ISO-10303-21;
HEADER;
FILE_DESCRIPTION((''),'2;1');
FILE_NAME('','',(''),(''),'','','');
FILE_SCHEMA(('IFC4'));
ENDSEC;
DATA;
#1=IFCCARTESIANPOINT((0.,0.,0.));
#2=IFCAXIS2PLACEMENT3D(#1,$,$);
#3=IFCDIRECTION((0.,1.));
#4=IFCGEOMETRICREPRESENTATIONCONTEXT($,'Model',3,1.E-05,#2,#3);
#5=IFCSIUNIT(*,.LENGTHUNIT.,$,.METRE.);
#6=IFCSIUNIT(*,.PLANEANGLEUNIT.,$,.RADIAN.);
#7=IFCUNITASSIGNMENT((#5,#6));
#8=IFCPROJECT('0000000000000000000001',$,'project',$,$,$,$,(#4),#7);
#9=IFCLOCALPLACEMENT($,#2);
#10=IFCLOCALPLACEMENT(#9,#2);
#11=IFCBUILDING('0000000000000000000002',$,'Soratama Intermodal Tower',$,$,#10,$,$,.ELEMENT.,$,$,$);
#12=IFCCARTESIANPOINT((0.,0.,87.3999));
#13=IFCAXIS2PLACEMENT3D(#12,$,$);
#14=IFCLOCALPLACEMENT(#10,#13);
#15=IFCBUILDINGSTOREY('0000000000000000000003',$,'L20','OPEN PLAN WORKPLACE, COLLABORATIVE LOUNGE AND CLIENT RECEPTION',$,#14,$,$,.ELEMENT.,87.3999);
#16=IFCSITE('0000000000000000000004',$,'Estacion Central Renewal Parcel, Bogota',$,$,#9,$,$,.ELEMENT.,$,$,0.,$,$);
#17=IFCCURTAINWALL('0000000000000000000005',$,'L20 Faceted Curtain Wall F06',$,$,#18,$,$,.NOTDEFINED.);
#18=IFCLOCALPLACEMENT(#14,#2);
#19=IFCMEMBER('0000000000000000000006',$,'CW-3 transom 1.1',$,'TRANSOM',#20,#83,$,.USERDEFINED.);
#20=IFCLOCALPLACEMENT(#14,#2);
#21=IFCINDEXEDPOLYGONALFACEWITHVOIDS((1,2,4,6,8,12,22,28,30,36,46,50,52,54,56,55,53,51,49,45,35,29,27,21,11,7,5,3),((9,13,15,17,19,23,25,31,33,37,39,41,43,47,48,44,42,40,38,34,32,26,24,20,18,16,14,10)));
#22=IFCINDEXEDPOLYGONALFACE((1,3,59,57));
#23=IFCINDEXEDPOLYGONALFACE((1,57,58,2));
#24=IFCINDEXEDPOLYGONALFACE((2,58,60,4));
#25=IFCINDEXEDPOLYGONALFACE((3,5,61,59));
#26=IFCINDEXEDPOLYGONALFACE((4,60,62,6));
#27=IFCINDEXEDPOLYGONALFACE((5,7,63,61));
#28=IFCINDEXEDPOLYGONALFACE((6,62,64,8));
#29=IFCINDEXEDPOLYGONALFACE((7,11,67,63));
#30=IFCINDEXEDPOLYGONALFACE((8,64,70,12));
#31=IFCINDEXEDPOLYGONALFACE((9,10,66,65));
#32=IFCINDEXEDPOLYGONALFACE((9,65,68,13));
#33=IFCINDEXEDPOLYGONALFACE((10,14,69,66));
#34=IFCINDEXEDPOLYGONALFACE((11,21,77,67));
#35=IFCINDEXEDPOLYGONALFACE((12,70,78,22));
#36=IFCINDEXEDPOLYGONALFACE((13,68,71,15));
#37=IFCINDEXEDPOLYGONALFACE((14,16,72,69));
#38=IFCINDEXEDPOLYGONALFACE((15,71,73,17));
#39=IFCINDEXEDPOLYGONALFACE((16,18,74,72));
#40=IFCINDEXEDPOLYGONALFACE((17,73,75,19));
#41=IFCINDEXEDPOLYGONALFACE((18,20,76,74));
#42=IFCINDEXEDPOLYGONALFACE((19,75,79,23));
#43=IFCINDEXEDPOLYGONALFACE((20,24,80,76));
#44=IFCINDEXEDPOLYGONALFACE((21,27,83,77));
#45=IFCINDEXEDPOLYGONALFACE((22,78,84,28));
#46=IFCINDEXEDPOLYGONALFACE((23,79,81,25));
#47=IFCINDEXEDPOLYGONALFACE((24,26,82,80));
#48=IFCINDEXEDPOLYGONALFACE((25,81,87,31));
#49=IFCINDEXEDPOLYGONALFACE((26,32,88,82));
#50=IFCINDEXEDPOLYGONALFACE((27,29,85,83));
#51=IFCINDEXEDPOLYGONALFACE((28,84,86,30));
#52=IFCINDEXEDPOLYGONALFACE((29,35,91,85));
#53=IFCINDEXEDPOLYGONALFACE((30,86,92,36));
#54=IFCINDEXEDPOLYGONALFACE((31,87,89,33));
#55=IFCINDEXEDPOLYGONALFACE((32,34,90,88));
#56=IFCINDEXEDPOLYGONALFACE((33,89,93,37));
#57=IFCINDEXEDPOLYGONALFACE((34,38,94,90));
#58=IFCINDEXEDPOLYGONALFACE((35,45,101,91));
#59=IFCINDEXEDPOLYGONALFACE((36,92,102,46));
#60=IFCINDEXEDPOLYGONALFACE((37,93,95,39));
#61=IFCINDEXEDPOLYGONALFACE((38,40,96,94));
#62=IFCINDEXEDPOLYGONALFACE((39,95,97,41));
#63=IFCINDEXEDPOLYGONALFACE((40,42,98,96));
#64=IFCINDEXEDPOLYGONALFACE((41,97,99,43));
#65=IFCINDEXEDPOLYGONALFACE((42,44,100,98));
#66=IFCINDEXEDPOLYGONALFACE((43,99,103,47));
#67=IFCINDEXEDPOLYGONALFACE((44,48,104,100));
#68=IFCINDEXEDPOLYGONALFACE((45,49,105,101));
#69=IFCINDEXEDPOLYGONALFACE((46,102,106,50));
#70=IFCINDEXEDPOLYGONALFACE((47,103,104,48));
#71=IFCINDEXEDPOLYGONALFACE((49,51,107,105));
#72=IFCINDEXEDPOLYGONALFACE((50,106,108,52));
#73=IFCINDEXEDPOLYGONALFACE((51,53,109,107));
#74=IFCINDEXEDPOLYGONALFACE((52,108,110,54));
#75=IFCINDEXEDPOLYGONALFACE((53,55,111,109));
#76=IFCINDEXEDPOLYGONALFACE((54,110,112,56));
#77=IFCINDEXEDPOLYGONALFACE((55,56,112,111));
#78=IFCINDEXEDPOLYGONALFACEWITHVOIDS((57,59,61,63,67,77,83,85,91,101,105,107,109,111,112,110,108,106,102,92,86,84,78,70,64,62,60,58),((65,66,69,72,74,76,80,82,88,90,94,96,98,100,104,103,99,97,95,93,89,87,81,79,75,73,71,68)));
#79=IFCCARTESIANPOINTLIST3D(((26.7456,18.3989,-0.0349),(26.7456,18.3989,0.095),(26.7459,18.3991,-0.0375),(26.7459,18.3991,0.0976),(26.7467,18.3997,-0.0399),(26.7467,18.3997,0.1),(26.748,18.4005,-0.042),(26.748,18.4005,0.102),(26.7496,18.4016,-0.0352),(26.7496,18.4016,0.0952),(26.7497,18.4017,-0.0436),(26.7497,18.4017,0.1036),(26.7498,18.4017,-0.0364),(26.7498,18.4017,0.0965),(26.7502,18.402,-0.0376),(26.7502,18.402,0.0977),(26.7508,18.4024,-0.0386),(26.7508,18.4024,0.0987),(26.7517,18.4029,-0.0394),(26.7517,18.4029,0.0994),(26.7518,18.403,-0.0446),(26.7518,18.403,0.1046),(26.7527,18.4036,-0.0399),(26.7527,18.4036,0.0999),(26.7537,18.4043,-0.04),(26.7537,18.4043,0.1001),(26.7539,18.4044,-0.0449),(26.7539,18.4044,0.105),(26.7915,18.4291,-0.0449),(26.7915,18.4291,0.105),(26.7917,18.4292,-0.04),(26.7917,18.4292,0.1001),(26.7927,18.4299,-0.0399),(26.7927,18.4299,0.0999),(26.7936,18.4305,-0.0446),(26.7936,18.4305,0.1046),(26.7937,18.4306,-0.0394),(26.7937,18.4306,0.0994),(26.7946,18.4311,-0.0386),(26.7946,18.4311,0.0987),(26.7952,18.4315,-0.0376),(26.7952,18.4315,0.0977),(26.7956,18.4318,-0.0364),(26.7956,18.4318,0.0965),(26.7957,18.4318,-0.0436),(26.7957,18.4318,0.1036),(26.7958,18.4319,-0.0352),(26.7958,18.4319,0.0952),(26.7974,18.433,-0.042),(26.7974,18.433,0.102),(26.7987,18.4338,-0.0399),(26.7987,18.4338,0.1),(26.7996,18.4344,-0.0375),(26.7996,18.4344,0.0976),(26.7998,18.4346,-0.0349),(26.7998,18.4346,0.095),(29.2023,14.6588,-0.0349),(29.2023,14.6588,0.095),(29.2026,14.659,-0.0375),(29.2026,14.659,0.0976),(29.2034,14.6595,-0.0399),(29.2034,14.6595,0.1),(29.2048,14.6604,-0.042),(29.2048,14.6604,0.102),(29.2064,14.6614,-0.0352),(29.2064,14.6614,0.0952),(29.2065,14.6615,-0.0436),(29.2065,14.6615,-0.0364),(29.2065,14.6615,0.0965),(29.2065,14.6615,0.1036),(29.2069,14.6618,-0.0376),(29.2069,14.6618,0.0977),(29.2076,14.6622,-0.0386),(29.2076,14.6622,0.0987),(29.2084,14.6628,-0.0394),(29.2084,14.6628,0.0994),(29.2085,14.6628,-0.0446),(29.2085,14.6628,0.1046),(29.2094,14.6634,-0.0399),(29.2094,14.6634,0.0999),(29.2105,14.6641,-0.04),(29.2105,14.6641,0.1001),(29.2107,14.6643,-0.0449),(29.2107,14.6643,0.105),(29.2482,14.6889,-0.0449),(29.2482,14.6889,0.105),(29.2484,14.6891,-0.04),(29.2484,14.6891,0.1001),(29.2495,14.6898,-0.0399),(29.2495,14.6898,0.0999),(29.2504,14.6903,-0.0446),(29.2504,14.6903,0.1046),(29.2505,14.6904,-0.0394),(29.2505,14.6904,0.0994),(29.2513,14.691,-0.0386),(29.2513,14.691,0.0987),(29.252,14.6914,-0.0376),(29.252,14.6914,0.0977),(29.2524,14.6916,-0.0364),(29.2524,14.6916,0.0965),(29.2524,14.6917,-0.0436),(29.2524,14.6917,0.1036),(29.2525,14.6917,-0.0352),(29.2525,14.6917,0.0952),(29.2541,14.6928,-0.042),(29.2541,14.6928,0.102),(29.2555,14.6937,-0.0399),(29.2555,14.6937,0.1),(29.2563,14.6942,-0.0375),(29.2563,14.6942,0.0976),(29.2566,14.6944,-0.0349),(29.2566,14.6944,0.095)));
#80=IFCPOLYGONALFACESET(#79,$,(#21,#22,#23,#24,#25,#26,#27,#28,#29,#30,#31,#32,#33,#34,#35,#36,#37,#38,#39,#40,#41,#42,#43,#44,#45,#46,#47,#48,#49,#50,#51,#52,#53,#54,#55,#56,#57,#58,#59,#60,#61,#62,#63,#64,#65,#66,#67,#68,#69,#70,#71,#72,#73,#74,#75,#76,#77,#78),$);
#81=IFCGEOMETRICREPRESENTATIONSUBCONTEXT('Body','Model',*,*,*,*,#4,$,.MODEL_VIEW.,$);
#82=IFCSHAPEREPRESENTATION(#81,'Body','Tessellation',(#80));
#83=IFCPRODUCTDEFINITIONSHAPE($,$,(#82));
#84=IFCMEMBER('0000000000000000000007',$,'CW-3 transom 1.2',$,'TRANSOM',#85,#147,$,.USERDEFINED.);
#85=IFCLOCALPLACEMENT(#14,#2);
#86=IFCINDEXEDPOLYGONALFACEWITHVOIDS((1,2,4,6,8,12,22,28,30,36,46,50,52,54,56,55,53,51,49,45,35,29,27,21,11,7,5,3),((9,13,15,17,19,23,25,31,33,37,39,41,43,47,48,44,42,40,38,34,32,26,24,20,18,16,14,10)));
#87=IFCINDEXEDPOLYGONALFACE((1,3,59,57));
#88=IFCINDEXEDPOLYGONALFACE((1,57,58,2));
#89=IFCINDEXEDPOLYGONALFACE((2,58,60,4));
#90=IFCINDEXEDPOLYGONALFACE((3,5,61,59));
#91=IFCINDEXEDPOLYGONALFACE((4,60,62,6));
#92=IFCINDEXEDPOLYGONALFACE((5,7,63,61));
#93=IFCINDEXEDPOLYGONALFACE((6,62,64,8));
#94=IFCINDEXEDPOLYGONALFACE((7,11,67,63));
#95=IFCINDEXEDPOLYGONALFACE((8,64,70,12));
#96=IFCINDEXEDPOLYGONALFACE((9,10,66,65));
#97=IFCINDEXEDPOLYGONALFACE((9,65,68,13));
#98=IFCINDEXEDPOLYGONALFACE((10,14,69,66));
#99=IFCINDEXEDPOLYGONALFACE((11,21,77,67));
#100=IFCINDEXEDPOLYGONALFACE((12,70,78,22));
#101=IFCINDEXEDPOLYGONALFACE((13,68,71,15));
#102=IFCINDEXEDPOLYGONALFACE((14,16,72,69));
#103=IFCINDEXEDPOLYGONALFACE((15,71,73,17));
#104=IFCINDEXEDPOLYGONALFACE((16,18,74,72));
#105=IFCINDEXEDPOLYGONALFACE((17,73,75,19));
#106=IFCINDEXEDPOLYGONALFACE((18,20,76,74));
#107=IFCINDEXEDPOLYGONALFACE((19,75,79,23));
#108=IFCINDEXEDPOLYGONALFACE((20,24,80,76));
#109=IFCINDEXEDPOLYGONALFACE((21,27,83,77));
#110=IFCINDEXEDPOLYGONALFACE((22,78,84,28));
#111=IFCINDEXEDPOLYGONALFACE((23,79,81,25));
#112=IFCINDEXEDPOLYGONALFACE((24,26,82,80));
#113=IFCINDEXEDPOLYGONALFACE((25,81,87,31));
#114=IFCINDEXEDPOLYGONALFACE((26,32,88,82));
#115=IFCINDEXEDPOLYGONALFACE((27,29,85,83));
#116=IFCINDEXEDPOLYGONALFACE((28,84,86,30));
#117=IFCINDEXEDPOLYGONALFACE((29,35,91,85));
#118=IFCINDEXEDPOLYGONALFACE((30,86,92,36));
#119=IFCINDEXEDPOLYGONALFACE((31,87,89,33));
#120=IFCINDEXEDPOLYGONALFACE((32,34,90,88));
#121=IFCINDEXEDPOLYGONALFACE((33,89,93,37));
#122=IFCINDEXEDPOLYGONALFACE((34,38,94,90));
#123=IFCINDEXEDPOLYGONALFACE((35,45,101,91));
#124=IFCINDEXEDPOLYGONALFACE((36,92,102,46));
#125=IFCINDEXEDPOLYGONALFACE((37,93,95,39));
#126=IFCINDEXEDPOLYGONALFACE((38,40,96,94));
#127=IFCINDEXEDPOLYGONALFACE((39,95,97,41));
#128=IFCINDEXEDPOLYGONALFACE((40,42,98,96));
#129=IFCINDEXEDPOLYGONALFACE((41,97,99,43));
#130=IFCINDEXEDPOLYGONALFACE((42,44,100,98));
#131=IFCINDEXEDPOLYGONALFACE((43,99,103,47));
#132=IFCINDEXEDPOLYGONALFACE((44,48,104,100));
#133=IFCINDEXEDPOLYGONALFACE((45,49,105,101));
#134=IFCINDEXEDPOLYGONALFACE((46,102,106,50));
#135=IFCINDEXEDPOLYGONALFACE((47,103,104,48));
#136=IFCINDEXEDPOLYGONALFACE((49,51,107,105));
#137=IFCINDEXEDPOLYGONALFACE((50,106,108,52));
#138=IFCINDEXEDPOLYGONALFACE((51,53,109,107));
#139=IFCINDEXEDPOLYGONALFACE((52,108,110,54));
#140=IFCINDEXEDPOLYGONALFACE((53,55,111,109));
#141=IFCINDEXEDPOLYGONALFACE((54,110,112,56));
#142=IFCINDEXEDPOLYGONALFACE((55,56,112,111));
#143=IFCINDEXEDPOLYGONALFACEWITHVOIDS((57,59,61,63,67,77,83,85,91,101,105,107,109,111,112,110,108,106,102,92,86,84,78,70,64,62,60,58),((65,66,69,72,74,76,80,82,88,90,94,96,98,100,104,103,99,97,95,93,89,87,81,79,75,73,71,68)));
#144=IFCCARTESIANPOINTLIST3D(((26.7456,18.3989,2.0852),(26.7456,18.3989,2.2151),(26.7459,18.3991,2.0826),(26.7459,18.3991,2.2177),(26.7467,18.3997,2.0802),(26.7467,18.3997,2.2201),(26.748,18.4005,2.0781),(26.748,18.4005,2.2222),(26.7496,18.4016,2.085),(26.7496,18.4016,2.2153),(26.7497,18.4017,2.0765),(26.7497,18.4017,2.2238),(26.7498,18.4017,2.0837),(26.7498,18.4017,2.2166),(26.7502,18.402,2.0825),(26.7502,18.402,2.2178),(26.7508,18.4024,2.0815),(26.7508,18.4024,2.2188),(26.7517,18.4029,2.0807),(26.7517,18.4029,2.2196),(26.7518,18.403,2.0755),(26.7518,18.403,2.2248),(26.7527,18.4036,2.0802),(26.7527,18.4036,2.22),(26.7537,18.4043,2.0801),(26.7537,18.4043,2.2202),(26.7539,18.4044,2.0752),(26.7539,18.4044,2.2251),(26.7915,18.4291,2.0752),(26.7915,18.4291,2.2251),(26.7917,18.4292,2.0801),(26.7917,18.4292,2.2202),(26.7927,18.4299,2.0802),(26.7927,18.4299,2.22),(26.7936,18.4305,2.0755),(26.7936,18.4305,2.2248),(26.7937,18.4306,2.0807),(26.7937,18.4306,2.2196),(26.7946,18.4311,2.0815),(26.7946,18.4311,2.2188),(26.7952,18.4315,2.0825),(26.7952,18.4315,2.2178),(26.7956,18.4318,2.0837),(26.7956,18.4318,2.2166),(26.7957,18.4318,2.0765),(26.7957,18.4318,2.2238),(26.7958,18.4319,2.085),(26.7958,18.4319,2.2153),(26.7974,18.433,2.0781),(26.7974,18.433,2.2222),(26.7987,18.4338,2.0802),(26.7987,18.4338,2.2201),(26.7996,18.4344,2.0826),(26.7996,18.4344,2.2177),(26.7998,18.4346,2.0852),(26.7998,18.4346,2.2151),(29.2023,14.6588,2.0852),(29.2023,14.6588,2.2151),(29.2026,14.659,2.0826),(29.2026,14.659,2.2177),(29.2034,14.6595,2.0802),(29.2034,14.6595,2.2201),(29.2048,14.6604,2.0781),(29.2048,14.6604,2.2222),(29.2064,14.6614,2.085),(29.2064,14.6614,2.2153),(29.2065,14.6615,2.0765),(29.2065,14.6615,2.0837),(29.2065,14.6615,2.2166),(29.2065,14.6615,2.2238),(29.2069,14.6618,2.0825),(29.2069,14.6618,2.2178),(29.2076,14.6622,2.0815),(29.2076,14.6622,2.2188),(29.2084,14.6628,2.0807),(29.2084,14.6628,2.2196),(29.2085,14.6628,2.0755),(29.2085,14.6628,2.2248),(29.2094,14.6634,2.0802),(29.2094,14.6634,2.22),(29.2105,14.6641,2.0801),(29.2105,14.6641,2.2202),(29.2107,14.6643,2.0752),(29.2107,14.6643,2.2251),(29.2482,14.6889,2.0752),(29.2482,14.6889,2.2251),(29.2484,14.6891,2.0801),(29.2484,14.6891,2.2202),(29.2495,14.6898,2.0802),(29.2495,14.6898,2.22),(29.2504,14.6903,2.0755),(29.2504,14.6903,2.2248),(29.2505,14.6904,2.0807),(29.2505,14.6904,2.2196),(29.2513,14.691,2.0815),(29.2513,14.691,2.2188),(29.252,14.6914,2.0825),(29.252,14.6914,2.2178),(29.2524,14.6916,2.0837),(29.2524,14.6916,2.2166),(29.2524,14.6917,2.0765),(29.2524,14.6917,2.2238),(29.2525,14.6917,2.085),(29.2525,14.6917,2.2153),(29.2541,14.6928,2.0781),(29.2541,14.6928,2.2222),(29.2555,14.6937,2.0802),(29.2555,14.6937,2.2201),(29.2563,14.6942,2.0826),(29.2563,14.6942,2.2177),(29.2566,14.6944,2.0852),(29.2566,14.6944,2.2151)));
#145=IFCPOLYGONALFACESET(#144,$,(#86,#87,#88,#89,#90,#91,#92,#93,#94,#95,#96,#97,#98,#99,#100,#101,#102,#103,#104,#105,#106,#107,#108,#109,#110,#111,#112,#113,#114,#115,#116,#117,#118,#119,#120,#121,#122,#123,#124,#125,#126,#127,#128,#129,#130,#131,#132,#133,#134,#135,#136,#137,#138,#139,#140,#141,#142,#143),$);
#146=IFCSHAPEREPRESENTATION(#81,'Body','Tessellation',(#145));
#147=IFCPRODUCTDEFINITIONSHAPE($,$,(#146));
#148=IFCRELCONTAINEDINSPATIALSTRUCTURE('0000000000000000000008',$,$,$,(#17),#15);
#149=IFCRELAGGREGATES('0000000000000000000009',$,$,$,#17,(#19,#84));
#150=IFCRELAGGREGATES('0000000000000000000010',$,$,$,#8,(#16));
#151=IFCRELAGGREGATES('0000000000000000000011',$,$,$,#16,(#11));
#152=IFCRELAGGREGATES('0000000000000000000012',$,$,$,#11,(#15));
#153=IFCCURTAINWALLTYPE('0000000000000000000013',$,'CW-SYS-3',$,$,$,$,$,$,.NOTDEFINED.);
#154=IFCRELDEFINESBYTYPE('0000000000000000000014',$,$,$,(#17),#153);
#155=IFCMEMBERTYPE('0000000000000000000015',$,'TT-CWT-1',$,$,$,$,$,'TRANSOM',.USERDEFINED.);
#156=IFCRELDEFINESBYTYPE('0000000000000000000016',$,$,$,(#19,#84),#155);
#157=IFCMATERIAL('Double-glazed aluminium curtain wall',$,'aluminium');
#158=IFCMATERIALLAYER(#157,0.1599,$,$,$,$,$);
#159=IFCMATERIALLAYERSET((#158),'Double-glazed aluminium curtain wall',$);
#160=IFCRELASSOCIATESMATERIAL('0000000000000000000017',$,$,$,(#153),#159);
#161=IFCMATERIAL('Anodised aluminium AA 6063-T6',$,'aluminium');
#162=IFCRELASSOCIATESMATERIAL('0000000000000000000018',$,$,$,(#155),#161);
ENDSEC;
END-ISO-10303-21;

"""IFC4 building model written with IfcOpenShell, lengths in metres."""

from ifc_helpers import new_model, si_unit, direction, frame, origin, origin_2d, place, context, subcontext, project, spatial, hollow_rectangle, extrude, material, layer, layer_set, material_profile, profile_set, type_object, element, aggregate, save


model = new_model("IFC4")

# Units and contexts
model_context = context("Model", 3, precision=1e-05, world=origin(), true_north=direction((0.0, 1.0)))
body_context = subcontext(model_context, "Body", "Model", "MODEL_VIEW")
ifc_project = project(units=[si_unit("LENGTHUNIT", "METRE"), si_unit("PLANEANGLEUNIT", "RADIAN")], contexts=[model_context])

# Site, building, storey
site_placement = place(None, origin())
site = spatial("IfcSite", under=ifc_project, at=site_placement, Name="Estacion Central Renewal Parcel, Bogota", CompositionType="ELEMENT", RefElevation=0.0)
building_placement = place(site_placement, origin())
building = spatial("IfcBuilding", under=site, at=building_placement, Name="Soratama Intermodal Tower", CompositionType="ELEMENT")
storey_placement = place(building_placement, frame((0.0, 0.0, 87.3999)))
storey = spatial("IfcBuildingStorey", under=building, at=storey_placement, Name="L20", Description="OPEN PLAN WORKPLACE, COLLABORATIVE LOUNGE AND CLIENT RECEPTION", CompositionType="ELEMENT", Elevation=87.3999)

# Curtain wall, members
ifc_material_1 = material(Name="Double-glazed aluminium curtain wall", Category="aluminium")
ifc_layer_1 = layer(ifc_material_1, 0.1599)
ifc_layer_set_1 = layer_set([ifc_layer_1], Name="Double-glazed aluminium curtain wall")
curtain_wall_type = type_object("IfcCurtainWallType", Name="CW-SYS-3", PredefinedType="NOTDEFINED", material=ifc_layer_set_1)
curtain_wall_placement = place(storey_placement, origin())
curtain_wall = element("IfcCurtainWall", 1, at=curtain_wall_placement, inside=storey, type_object=curtain_wall_type, Name="L20 Faceted Curtain Wall F06", PredefinedType="NOTDEFINED")
ifc_material_2 = material(Name="Anodised aluminium AA 6063-T6", Category="aluminium")
ifc_material_profile_1 = material_profile(ifc_material_2, hollow_rectangle(XDim=0.0649, YDim=0.1499, WallThickness=0.0049, InnerFilletRadius=0.0049, OuterFilletRadius=0.01, at=origin_2d()), Name="CWT150X65X5")
ifc_profile_set_1 = profile_set([ifc_material_profile_1], Name="Anodised aluminium AA 6063-T6")
member_type_1 = type_object("IfcMemberType", Name="TT-CWT-1", ElementType="TRANSOM", PredefinedType="USERDEFINED", material=ifc_profile_set_1)
member_1_placement = place(storey_placement, frame((26.7727, 18.4167, 0.03), z_axis=(0.549009, -0.835816, 0.0), x_axis=(0.835816, 0.549009, 0.0)))
member_1 = element("IfcMember", 2, at=member_1_placement, type_object=member_type_1, Name="CW-3 transom 1.1", ObjectType="TRANSOM", PredefinedType="USERDEFINED", context=body_context, shape_type="SweptSolid", body=[
    extrude(hollow_rectangle(XDim=0.0649, YDim=0.1499, WallThickness=0.0049, InnerFilletRadius=0.0049, OuterFilletRadius=0.01, at=origin_2d()), origin(), (0.0, 0.0, 1.0), 4.4749),
])
member_2_placement = place(storey_placement, frame((26.7727, 18.4167, 2.1501), z_axis=(0.549009, -0.835816, 0.0), x_axis=(0.835816, 0.549009, 0.0)))
member_2 = element("IfcMember", 3, at=member_2_placement, type_object=member_type_1, Name="CW-3 transom 1.2", ObjectType="TRANSOM", PredefinedType="USERDEFINED", context=body_context, shape_type="SweptSolid", body=[
    extrude(hollow_rectangle(XDim=0.0649, YDim=0.1499, WallThickness=0.0049, InnerFilletRadius=0.0049, OuterFilletRadius=0.01, at=origin_2d()), origin(), (0.0, 0.0, 1.0), 4.4749),
])
aggregate(curtain_wall, [member_1, member_2])

save(model, "model.ifc")
